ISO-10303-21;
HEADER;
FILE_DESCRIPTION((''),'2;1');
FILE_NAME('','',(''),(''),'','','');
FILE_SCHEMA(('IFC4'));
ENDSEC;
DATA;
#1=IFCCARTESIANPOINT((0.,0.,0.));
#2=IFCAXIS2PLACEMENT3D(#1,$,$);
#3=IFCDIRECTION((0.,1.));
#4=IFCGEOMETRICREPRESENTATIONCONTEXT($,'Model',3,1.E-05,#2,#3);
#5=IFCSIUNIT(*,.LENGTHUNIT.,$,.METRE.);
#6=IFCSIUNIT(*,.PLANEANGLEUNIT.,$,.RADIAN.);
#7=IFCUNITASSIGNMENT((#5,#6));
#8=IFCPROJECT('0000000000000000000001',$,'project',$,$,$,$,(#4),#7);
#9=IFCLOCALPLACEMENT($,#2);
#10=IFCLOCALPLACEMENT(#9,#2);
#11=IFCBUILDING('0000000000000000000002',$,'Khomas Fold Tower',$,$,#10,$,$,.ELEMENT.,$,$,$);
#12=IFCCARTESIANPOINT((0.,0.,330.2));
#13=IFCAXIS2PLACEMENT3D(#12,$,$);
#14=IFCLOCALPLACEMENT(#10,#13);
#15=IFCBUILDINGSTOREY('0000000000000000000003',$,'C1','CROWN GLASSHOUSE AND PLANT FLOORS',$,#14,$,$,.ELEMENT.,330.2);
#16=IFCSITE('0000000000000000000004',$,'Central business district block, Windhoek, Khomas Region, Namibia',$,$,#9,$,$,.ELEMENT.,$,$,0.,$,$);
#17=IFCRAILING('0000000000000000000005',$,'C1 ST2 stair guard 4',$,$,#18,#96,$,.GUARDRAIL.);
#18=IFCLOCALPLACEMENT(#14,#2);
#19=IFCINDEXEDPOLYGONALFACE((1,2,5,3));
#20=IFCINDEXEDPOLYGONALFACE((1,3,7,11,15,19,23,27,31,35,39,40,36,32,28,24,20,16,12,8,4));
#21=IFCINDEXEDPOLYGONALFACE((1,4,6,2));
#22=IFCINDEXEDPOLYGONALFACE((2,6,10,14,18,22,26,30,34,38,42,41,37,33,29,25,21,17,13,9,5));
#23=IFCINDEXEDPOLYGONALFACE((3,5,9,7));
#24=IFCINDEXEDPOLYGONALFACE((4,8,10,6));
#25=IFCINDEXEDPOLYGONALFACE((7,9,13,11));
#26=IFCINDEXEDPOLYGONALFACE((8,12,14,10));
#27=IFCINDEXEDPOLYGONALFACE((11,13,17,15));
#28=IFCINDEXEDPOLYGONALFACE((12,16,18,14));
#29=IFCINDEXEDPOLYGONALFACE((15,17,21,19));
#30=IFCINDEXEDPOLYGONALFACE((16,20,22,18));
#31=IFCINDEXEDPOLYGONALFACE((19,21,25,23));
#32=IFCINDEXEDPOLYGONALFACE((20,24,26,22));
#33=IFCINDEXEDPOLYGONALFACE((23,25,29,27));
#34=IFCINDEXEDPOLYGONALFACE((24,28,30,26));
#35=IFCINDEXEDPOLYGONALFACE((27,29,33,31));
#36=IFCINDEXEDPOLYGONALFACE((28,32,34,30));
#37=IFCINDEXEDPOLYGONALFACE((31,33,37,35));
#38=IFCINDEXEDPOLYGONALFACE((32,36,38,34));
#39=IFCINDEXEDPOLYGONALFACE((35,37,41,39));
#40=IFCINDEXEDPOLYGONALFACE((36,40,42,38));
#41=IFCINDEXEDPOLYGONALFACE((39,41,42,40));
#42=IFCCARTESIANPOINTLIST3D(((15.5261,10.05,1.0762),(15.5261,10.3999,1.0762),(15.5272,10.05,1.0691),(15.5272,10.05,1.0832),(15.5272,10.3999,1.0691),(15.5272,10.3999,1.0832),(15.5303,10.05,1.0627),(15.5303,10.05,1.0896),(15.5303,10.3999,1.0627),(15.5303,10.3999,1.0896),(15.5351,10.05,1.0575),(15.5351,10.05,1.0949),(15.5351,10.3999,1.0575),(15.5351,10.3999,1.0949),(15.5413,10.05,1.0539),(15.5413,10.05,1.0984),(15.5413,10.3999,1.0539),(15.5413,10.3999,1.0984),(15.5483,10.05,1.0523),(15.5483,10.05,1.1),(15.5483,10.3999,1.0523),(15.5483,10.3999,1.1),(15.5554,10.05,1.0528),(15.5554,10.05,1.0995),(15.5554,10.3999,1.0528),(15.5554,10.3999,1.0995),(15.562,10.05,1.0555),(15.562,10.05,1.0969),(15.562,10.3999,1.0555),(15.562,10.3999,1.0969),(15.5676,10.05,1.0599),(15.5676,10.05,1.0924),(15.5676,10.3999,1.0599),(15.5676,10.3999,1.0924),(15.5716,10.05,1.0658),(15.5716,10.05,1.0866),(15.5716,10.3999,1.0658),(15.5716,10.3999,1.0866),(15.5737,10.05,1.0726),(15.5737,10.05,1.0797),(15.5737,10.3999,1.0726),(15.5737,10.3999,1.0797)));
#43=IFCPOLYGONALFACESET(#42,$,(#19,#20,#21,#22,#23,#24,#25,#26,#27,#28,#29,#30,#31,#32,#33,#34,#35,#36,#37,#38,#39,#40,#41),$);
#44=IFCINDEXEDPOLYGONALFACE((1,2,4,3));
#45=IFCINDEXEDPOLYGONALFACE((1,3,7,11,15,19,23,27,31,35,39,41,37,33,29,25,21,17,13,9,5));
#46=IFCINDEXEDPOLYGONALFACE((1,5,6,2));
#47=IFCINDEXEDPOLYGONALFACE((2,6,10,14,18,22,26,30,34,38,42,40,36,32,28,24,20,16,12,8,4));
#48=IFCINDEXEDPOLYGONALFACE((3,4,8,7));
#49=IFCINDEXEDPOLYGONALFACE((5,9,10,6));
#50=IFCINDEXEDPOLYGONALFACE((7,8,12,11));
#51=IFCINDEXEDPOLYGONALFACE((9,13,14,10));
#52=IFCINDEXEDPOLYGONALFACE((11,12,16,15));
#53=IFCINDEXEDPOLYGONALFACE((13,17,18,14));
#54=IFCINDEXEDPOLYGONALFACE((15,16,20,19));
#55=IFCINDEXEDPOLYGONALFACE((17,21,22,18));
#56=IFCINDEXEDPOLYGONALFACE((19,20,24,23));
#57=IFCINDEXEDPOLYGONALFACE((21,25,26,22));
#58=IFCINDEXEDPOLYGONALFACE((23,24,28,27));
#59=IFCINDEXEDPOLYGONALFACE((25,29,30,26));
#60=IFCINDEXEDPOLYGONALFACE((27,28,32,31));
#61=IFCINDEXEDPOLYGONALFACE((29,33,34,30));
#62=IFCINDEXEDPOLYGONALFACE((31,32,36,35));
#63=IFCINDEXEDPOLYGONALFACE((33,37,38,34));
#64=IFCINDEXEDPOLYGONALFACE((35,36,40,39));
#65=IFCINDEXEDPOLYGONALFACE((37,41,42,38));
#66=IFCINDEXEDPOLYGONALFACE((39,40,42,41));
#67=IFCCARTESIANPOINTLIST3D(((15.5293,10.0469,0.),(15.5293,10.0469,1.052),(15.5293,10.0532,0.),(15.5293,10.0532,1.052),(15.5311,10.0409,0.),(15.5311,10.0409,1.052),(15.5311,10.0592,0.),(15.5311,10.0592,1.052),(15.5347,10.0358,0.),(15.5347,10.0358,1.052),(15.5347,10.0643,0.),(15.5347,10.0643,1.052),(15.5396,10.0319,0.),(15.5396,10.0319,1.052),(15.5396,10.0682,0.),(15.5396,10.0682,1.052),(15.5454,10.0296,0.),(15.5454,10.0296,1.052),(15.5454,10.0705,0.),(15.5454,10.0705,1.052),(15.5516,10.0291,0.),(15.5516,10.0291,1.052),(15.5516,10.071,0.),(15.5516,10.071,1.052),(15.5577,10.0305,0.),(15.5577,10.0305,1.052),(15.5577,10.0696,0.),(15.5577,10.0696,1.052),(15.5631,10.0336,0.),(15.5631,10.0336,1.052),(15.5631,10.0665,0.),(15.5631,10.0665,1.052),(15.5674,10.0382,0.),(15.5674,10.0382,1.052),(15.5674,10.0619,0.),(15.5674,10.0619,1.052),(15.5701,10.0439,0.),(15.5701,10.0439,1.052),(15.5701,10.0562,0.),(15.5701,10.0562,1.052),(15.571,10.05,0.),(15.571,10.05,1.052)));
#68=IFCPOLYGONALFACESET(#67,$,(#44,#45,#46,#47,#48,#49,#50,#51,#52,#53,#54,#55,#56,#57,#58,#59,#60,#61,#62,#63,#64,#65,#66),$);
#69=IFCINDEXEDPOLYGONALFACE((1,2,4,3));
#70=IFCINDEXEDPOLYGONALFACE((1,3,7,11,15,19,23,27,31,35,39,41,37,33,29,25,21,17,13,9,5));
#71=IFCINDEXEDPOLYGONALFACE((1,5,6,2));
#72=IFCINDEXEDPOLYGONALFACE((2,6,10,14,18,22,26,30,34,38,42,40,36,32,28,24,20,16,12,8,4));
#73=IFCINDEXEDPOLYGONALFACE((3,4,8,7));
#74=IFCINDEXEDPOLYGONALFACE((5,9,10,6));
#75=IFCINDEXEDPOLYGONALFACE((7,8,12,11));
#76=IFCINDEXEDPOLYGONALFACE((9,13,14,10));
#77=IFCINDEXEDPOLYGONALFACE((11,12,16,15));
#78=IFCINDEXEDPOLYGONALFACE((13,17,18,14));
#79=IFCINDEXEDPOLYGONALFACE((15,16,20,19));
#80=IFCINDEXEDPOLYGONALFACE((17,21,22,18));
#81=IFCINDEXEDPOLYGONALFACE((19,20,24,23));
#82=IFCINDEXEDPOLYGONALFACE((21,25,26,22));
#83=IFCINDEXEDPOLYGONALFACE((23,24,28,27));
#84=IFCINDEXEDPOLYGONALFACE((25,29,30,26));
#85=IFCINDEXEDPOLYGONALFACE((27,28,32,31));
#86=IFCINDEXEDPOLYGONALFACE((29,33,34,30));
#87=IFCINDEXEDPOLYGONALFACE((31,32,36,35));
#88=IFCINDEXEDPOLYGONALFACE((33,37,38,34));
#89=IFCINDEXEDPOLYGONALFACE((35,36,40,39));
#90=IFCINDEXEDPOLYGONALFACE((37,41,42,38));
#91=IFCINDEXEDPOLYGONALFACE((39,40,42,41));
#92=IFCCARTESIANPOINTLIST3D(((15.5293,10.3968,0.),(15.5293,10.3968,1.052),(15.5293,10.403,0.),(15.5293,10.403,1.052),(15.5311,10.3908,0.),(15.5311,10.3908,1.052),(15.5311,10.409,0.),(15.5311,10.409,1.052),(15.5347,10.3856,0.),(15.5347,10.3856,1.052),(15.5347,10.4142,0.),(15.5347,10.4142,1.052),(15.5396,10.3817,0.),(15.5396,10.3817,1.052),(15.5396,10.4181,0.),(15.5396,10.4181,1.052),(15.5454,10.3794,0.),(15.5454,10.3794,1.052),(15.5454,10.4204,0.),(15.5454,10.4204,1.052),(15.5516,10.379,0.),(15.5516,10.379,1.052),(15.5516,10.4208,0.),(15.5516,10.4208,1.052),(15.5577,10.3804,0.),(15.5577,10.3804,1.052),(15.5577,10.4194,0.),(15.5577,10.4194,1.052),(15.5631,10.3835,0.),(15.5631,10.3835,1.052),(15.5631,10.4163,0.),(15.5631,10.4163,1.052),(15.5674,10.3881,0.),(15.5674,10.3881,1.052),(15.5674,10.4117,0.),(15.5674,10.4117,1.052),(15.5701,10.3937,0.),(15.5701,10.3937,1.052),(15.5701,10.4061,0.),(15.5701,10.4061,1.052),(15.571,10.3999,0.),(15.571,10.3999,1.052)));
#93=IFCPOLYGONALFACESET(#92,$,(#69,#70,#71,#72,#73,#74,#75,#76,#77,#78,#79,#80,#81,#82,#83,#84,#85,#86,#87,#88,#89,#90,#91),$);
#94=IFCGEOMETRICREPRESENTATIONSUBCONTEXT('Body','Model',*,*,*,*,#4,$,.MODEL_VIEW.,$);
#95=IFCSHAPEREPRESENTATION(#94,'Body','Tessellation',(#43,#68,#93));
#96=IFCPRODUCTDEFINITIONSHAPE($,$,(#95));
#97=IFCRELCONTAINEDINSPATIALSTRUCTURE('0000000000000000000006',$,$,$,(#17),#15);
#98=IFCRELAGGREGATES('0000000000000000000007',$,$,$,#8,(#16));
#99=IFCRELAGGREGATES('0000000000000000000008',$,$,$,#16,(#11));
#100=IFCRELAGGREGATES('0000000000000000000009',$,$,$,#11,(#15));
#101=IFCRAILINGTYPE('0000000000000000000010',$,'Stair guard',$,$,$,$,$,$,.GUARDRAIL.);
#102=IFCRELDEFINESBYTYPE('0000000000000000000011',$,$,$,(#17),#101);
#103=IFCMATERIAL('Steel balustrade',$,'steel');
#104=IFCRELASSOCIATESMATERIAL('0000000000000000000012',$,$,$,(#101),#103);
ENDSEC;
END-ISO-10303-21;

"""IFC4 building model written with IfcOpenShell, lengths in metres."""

from ifc_helpers import new_model, si_unit, direction, frame, origin, origin_2d, place, context, subcontext, project, spatial, circle, extrude, source, transform, mapped, material, type_object, element, save


model = new_model("IFC4")

# Units and contexts
model_context = context("Model", 3, precision=1e-05, world=origin(), true_north=direction((0.0, 1.0)))
body_context = subcontext(model_context, "Body", "Model", "MODEL_VIEW")
ifc_project = project(units=[si_unit("LENGTHUNIT", "METRE"), si_unit("PLANEANGLEUNIT", "RADIAN")], contexts=[model_context])

# Site, building, storey
site_placement = place(None, origin())
site = spatial("IfcSite", under=ifc_project, at=site_placement, Name="Central business district block, Windhoek, Khomas Region, Namibia", CompositionType="ELEMENT", RefElevation=0.0)
building_placement = place(site_placement, origin())
building = spatial("IfcBuilding", under=site, at=building_placement, Name="Khomas Fold Tower", CompositionType="ELEMENT")
storey_placement = place(building_placement, frame((0.0, 0.0, 330.2)))
storey = spatial("IfcBuildingStorey", under=building, at=storey_placement, Name="C1", Description="CROWN GLASSHOUSE AND PLANT FLOORS", CompositionType="ELEMENT", Elevation=330.2)

# Railing
ifc_material_1 = material(Name="Steel balustrade", Category="steel")
railing_type_1 = type_object("IfcRailingType", Name="Stair guard", PredefinedType="GUARDRAIL", material=ifc_material_1)
shared_shape_1 = source(origin(), body_context, "Body", "SweptSolid", [
    extrude(circle(Radius=0.0239, at=origin_2d()), frame((0.0, 0.0, 1.0762), z_axis=(0.0, 1.0, 0.0), x_axis=(-1.0, 0.0, 0.0)), (0.0, 0.0, 1.0), 0.3499),
    extrude(circle(Radius=0.021, at=origin_2d()), origin(), (0.0, 0.0, 1.0), 1.052),
    extrude(circle(Radius=0.021, at=origin_2d()), frame((0.0, 0.3499, 0.0)), (0.0, 0.0, 1.0), 1.052),
])
railing_1_placement = place(storey_placement, frame((15.55, 10.05, 0.0)))
element("IfcRailing", 1, at=railing_1_placement, inside=storey, type_object=railing_type_1, Name="C1 ST2 stair guard 4", PredefinedType="GUARDRAIL", context=body_context, shape_type="MappedRepresentation", body=[
    mapped(shared_shape_1, transform((0.0, 0.0, 0.0))),
])

save(model, "model.ifc")
